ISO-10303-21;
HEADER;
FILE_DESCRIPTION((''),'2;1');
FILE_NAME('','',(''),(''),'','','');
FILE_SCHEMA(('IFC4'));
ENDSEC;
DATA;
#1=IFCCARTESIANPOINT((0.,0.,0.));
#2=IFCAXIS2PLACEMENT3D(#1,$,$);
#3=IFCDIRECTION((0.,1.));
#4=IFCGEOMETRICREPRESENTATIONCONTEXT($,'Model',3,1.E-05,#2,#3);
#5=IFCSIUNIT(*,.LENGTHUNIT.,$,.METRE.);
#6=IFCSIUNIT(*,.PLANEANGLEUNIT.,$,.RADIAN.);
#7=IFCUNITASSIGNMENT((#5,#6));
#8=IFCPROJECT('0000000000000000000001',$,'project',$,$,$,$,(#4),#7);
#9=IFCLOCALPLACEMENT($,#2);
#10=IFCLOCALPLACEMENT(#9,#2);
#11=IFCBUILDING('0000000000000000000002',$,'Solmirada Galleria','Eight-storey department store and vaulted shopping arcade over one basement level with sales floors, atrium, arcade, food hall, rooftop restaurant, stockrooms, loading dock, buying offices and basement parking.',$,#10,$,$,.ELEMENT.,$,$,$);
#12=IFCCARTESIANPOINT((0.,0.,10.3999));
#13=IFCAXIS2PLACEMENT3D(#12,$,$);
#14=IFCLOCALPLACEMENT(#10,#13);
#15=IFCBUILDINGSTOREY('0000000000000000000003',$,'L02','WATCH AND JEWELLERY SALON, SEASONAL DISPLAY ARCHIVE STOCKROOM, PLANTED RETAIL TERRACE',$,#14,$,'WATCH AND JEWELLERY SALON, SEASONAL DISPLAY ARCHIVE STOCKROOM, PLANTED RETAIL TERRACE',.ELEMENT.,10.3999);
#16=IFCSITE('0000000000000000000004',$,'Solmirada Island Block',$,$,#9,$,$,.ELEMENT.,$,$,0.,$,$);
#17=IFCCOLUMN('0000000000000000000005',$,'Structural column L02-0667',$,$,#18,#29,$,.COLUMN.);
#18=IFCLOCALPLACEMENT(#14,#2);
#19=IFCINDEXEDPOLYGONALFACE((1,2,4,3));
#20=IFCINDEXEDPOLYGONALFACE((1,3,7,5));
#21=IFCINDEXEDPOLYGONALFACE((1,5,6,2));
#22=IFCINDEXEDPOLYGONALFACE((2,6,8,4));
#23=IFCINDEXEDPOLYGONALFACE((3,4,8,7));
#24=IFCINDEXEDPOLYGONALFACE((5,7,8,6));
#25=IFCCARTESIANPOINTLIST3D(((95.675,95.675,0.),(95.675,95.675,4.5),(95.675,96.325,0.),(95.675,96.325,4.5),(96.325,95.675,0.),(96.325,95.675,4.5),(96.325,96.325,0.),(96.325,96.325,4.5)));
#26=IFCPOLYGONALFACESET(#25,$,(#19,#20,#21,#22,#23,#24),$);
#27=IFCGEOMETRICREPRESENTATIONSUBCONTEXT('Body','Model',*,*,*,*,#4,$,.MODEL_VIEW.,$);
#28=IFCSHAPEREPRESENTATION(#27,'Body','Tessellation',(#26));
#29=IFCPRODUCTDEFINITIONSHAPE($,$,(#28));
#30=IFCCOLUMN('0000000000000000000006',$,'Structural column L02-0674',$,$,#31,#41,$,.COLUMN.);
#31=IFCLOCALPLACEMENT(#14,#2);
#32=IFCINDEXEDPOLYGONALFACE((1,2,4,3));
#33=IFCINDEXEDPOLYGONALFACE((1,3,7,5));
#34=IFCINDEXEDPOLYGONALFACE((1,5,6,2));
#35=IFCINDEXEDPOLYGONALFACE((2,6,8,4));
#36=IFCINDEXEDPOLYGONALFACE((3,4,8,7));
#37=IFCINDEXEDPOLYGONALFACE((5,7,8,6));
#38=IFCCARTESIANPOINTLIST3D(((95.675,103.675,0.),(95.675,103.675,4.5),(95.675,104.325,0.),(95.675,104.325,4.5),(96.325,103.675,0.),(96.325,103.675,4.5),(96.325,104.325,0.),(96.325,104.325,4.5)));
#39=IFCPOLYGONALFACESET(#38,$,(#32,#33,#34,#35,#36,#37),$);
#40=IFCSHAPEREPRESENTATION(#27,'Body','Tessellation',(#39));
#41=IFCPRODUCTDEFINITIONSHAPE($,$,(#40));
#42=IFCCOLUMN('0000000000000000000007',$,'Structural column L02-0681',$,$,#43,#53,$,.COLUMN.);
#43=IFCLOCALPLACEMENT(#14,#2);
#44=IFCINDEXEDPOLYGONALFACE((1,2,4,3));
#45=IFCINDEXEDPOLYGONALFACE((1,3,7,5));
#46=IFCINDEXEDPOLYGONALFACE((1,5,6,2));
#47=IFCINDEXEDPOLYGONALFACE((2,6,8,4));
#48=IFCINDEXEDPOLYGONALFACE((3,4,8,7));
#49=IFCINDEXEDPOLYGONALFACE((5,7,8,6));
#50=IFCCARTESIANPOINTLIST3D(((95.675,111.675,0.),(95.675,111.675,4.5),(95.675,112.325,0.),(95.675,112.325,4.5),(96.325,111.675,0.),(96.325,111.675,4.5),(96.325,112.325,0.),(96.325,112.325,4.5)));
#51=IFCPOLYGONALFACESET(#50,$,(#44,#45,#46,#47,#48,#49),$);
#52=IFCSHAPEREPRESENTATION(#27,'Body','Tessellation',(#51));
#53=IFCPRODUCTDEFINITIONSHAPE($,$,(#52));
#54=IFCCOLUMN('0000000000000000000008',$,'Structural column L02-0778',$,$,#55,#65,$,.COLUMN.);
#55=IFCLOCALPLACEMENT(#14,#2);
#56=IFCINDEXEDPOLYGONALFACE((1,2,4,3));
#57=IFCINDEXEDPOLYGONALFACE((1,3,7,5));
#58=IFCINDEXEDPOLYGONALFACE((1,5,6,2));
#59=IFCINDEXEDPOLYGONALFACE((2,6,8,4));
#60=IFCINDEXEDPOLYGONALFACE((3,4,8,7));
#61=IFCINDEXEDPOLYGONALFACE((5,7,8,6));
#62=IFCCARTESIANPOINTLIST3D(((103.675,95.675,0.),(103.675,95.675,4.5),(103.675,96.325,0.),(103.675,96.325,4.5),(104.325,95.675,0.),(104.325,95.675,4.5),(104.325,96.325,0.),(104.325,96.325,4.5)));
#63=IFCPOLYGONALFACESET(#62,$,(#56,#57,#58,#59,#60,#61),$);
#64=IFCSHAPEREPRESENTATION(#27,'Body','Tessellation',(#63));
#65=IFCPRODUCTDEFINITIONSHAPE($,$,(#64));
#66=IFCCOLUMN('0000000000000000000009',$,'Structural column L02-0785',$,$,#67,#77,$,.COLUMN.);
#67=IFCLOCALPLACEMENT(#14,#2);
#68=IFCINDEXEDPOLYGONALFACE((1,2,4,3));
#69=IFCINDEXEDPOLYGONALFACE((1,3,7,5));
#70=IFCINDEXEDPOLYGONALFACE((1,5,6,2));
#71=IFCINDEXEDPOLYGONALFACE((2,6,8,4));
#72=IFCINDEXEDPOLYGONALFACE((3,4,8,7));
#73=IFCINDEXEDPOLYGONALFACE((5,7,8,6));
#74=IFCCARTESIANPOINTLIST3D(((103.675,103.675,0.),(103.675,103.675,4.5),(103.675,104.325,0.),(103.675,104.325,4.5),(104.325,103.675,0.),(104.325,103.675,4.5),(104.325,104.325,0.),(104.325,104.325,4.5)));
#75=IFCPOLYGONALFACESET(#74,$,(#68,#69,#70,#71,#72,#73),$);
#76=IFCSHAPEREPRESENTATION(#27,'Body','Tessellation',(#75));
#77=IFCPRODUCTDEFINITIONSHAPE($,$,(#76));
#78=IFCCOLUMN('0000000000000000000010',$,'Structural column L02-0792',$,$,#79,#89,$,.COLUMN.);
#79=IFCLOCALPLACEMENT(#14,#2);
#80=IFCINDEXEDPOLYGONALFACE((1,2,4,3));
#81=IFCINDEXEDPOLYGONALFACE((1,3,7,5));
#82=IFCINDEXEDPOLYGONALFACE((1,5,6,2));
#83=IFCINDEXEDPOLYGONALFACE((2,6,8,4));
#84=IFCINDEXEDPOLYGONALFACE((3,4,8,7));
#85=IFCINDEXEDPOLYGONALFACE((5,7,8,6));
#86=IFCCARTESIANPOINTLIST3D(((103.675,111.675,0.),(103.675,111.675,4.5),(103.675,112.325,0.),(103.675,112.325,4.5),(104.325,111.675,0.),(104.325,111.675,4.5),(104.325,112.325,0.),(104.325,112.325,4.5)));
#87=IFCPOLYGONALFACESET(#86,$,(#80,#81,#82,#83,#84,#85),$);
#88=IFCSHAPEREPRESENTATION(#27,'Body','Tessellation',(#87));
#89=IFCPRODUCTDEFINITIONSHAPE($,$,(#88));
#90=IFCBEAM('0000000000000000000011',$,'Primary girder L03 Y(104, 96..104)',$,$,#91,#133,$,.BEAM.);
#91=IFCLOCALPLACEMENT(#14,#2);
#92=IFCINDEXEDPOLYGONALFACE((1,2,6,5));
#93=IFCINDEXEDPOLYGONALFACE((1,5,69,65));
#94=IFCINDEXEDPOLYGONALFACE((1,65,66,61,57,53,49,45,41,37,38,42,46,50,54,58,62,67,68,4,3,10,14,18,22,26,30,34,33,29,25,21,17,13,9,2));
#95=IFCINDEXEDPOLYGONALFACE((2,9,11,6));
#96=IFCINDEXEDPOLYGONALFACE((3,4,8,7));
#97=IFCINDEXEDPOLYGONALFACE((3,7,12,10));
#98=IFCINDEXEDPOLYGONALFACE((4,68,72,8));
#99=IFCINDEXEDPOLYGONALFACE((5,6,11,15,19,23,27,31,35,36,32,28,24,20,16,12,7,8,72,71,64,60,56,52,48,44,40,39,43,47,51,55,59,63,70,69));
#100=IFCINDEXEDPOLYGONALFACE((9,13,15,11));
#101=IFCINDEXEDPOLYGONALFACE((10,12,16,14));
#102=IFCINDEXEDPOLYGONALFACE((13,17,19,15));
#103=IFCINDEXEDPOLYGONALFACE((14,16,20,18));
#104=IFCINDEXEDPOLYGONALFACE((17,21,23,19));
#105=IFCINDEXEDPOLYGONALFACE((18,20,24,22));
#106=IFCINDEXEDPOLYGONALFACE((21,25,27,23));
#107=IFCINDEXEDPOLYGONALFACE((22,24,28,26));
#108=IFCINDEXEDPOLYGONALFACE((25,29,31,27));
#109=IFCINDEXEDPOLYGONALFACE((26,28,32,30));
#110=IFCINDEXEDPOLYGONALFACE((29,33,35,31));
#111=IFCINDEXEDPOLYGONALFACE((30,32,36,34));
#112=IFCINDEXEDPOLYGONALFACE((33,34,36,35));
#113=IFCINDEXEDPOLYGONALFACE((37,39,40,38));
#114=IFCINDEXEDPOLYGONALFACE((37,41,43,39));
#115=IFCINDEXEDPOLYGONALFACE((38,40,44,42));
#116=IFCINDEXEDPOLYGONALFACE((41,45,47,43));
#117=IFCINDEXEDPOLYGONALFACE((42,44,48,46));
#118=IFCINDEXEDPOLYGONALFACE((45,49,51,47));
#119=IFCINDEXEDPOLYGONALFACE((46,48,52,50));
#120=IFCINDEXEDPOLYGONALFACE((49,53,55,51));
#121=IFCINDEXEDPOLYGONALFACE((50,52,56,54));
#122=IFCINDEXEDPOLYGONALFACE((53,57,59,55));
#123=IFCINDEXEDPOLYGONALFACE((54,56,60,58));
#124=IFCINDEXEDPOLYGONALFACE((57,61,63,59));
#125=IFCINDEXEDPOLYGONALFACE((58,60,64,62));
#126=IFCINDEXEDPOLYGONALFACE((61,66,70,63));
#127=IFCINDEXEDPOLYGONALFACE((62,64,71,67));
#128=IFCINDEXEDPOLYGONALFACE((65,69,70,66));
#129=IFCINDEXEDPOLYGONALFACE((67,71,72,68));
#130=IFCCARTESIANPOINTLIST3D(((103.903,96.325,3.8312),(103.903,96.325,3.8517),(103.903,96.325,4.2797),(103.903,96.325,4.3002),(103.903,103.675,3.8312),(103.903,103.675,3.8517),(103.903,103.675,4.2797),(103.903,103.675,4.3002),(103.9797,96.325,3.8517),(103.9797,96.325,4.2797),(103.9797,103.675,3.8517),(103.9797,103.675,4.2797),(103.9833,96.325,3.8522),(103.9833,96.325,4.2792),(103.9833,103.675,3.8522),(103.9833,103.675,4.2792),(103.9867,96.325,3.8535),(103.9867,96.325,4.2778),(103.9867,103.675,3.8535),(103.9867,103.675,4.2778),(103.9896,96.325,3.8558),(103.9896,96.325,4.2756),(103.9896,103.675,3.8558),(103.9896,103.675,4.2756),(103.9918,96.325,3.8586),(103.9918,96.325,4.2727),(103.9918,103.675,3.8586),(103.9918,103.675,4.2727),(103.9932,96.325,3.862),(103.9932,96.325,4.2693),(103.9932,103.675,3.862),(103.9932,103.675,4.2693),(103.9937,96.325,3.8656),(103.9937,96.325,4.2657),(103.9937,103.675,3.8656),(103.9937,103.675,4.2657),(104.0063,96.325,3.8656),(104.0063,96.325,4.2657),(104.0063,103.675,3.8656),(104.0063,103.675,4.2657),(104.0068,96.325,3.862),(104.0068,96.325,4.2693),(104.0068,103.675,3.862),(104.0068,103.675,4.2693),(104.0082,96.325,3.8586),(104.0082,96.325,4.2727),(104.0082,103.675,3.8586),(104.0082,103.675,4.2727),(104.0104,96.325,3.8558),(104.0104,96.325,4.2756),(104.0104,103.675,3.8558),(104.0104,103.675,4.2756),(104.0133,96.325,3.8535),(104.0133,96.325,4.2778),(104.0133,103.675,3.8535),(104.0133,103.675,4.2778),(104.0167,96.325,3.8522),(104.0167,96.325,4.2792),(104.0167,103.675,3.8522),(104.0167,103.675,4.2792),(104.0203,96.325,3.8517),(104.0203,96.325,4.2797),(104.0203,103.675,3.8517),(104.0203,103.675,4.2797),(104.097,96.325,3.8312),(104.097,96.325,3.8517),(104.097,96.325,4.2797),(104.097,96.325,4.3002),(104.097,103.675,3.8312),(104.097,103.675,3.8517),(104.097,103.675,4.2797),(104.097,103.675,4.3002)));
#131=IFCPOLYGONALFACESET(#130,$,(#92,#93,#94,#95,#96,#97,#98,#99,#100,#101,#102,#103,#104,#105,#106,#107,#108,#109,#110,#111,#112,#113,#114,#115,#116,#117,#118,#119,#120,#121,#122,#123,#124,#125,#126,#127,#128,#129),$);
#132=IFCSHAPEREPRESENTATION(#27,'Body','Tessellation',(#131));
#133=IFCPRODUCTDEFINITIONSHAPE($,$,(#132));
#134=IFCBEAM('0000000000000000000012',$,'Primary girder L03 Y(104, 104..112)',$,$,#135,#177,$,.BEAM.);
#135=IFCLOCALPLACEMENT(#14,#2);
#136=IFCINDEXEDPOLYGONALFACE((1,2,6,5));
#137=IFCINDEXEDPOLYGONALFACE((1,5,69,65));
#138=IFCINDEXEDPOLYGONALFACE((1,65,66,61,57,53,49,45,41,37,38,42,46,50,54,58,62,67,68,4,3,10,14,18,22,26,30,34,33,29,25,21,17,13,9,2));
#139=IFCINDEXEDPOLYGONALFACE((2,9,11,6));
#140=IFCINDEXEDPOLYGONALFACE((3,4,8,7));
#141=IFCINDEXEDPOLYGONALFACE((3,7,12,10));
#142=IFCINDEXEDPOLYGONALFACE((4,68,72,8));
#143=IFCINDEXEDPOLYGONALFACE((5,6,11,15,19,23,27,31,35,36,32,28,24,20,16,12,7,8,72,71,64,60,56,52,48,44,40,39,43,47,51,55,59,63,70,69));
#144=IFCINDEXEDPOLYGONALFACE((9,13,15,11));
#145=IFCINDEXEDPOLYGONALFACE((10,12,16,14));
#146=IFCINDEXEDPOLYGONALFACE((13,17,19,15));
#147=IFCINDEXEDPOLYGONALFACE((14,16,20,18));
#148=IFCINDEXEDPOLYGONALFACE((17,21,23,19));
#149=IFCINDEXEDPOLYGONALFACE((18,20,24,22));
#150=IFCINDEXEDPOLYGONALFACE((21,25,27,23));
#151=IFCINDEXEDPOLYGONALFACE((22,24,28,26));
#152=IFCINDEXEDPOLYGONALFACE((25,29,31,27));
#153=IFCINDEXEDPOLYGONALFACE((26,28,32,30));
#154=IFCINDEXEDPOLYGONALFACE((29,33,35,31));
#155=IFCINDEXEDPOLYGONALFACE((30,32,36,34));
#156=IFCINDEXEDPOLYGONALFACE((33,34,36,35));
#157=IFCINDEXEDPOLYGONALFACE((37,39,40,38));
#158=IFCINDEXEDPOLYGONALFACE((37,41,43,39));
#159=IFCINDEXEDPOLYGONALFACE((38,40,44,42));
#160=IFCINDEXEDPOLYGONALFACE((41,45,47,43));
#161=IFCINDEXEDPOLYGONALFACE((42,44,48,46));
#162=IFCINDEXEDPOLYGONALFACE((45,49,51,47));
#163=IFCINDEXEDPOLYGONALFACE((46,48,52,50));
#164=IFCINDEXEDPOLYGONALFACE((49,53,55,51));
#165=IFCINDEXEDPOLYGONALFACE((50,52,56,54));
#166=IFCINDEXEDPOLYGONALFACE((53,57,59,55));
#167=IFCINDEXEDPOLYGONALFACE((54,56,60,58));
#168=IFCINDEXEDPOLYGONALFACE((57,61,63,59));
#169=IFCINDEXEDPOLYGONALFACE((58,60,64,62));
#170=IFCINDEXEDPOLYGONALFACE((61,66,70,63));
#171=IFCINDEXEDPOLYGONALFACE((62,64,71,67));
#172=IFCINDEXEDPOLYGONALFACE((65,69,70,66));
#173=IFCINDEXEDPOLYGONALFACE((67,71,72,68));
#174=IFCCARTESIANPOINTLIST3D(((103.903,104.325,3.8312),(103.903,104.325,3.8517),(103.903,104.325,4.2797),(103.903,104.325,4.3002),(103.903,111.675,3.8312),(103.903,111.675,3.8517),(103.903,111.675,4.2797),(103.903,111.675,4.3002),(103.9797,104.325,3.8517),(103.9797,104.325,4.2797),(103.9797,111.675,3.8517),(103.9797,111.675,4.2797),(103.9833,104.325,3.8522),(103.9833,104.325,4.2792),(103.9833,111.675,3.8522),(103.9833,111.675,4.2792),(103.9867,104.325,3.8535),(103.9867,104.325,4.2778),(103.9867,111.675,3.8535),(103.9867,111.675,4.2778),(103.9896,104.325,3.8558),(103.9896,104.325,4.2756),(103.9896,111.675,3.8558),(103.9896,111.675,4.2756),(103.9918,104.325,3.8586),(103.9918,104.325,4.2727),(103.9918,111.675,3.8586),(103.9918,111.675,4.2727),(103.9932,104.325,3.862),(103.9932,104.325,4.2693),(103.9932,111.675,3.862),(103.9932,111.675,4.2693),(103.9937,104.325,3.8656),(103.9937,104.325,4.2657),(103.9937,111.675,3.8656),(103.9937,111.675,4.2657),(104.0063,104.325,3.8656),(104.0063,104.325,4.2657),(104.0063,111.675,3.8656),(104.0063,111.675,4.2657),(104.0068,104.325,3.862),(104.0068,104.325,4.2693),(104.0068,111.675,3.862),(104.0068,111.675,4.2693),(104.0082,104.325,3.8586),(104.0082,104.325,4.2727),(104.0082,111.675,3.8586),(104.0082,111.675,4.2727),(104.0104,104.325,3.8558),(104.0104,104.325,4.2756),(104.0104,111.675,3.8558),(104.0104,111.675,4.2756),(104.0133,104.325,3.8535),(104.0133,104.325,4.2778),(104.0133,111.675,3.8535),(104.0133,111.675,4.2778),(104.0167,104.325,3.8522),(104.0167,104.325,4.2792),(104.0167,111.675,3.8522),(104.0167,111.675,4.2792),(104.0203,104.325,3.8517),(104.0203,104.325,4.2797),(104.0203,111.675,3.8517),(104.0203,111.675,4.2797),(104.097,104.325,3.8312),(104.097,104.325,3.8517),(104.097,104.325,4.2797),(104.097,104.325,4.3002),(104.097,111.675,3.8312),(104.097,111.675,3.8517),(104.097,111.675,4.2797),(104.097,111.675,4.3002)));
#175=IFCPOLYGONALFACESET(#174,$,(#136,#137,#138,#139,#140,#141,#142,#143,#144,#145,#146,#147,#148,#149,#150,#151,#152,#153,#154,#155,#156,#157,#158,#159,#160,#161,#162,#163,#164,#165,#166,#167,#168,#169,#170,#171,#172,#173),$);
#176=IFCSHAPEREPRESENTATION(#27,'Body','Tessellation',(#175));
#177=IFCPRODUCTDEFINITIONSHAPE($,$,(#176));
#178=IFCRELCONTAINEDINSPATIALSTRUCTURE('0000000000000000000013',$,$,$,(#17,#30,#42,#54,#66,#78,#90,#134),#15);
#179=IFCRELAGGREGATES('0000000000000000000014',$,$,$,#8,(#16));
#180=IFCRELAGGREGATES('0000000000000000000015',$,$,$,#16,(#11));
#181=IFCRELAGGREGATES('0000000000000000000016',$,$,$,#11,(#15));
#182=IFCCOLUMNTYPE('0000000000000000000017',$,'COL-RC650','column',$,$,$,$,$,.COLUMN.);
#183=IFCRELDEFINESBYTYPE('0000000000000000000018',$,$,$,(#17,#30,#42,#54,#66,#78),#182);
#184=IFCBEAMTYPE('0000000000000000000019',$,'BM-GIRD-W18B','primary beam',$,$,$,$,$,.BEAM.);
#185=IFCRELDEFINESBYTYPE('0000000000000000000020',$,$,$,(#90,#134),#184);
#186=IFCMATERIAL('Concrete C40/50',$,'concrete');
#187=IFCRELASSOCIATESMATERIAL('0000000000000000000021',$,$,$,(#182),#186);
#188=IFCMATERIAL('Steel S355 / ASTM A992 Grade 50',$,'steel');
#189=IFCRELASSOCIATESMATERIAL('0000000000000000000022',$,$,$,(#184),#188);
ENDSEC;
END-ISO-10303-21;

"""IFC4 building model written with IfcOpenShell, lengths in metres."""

from ifc_helpers import new_model, si_unit, direction, frame, origin, origin_2d, place, context, subcontext, project, spatial, rectangle, i_section, extrude, material, material_profile, profile_set, type_object, element, save


model = new_model("IFC4")

# Units and contexts
model_context = context("Model", 3, precision=1e-05, world=origin(), true_north=direction((0.0, 1.0)))
body_context = subcontext(model_context, "Body", "Model", "MODEL_VIEW")
ifc_project = project(units=[si_unit("LENGTHUNIT", "METRE"), si_unit("PLANEANGLEUNIT", "RADIAN")], contexts=[model_context])

# Site, building, storey
site_placement = place(None, origin())
site = spatial("IfcSite", under=ifc_project, at=site_placement, Name="Solmirada Island Block", CompositionType="ELEMENT", RefElevation=0.0)
building_placement = place(site_placement, origin())
building = spatial("IfcBuilding", under=site, at=building_placement, Name="Solmirada Galleria", Description="Eight-storey department store and vaulted shopping arcade over one basement level with sales floors, atrium, arcade, food hall, rooftop restaurant, stockrooms, loading dock, buying offices and basement parking.", CompositionType="ELEMENT")
storey_placement = place(building_placement, frame((0.0, 0.0, 10.3999)))
storey = spatial("IfcBuildingStorey", under=building, at=storey_placement, Name="L02", Description="WATCH AND JEWELLERY SALON, SEASONAL DISPLAY ARCHIVE STOCKROOM, PLANTED RETAIL TERRACE", LongName="WATCH AND JEWELLERY SALON, SEASONAL DISPLAY ARCHIVE STOCKROOM, PLANTED RETAIL TERRACE", CompositionType="ELEMENT", Elevation=10.3999)

# Columns
ifc_material_1 = material(Name="Concrete C40/50", Category="concrete")
ifc_material_profile_1 = material_profile(ifc_material_1, rectangle(XDim=0.6499, YDim=0.6499, at=origin_2d()), Name="RC650X650")
ifc_profile_set_1 = profile_set([ifc_material_profile_1], Name="Concrete C40/50")
column_type = type_object("IfcColumnType", Name="COL-RC650", Description="column", PredefinedType="COLUMN", material=ifc_profile_set_1)
for number, where, z_axis, x_axis, name in (
    (1, (96.0, 96.0, 0.0), (0.0, 0.0, 1.0), (1.0, 0.0, 0.0), "Structural column L02-0667"),
    (2, (96.0, 104.0, 0.0), (0.0, 0.0, 1.0), (1.0, 0.0, 0.0), "Structural column L02-0674"),
    (3, (96.0, 112.0, 0.0), (0.0, 0.0, 1.0), (1.0, 0.0, 0.0), "Structural column L02-0681"),
    (4, (104.0, 96.0, 0.0), (0.0, 0.0, 1.0), (1.0, 0.0, 0.0), "Structural column L02-0778"),
    (5, (104.0, 104.0, 0.0), (0.0, 0.0, 1.0), (1.0, 0.0, 0.0), "Structural column L02-0785"),
    (6, (104.0, 112.0, 0.0), (0.0, 0.0, 1.0), (1.0, 0.0, 0.0), "Structural column L02-0792"),
):
    element("IfcColumn", number, at=place(storey_placement, frame(where, z_axis=z_axis, x_axis=x_axis)), inside=storey, type_object=column_type, Name=name, PredefinedType="COLUMN", context=body_context, shape_type="SweptSolid", body=[
        extrude(rectangle(XDim=0.6499, YDim=0.6499, at=origin_2d()), origin(), (0.0, 0.0, 1.0), 4.5),
    ])

# Beams
ifc_material_2 = material(Name="Steel S355 / ASTM A992 Grade 50", Category="steel")
ifc_material_profile_2 = material_profile(ifc_material_2, i_section(OverallWidth=0.1941, OverallDepth=0.469, WebThickness=0.0127, FlangeThickness=0.0205, FilletRadius=0.0139, at=origin_2d()), Name="W18X71")
ifc_profile_set_2 = profile_set([ifc_material_profile_2], Name="Steel S355 / ASTM A992 Grade 50")
beam_type_1 = type_object("IfcBeamType", Name="BM-GIRD-W18B", Description="primary beam", PredefinedType="BEAM", material=ifc_profile_set_2)
for number, where, z_axis, x_axis, name in (
    (7, (104.0, 96.325, 4.0657), (0.0, 1.0, 0.0), (-1.0, 0.0, 0.0), "Primary girder L03 Y(104, 96..104)"),
    (8, (104.0, 104.325, 4.0657), (0.0, 1.0, 0.0), (-1.0, 0.0, 0.0), "Primary girder L03 Y(104, 104..112)"),
):
    element("IfcBeam", number, at=place(storey_placement, frame(where, z_axis=z_axis, x_axis=x_axis)), inside=storey, type_object=beam_type_1, Name=name, PredefinedType="BEAM", context=body_context, shape_type="SweptSolid", body=[
        extrude(i_section(OverallWidth=0.1941, OverallDepth=0.469, WebThickness=0.0127, FlangeThickness=0.0205, FilletRadius=0.0139, at=origin_2d()), origin(), (0.0, 0.0, 1.0), 7.3501),
    ])

save(model, "model.ifc")
